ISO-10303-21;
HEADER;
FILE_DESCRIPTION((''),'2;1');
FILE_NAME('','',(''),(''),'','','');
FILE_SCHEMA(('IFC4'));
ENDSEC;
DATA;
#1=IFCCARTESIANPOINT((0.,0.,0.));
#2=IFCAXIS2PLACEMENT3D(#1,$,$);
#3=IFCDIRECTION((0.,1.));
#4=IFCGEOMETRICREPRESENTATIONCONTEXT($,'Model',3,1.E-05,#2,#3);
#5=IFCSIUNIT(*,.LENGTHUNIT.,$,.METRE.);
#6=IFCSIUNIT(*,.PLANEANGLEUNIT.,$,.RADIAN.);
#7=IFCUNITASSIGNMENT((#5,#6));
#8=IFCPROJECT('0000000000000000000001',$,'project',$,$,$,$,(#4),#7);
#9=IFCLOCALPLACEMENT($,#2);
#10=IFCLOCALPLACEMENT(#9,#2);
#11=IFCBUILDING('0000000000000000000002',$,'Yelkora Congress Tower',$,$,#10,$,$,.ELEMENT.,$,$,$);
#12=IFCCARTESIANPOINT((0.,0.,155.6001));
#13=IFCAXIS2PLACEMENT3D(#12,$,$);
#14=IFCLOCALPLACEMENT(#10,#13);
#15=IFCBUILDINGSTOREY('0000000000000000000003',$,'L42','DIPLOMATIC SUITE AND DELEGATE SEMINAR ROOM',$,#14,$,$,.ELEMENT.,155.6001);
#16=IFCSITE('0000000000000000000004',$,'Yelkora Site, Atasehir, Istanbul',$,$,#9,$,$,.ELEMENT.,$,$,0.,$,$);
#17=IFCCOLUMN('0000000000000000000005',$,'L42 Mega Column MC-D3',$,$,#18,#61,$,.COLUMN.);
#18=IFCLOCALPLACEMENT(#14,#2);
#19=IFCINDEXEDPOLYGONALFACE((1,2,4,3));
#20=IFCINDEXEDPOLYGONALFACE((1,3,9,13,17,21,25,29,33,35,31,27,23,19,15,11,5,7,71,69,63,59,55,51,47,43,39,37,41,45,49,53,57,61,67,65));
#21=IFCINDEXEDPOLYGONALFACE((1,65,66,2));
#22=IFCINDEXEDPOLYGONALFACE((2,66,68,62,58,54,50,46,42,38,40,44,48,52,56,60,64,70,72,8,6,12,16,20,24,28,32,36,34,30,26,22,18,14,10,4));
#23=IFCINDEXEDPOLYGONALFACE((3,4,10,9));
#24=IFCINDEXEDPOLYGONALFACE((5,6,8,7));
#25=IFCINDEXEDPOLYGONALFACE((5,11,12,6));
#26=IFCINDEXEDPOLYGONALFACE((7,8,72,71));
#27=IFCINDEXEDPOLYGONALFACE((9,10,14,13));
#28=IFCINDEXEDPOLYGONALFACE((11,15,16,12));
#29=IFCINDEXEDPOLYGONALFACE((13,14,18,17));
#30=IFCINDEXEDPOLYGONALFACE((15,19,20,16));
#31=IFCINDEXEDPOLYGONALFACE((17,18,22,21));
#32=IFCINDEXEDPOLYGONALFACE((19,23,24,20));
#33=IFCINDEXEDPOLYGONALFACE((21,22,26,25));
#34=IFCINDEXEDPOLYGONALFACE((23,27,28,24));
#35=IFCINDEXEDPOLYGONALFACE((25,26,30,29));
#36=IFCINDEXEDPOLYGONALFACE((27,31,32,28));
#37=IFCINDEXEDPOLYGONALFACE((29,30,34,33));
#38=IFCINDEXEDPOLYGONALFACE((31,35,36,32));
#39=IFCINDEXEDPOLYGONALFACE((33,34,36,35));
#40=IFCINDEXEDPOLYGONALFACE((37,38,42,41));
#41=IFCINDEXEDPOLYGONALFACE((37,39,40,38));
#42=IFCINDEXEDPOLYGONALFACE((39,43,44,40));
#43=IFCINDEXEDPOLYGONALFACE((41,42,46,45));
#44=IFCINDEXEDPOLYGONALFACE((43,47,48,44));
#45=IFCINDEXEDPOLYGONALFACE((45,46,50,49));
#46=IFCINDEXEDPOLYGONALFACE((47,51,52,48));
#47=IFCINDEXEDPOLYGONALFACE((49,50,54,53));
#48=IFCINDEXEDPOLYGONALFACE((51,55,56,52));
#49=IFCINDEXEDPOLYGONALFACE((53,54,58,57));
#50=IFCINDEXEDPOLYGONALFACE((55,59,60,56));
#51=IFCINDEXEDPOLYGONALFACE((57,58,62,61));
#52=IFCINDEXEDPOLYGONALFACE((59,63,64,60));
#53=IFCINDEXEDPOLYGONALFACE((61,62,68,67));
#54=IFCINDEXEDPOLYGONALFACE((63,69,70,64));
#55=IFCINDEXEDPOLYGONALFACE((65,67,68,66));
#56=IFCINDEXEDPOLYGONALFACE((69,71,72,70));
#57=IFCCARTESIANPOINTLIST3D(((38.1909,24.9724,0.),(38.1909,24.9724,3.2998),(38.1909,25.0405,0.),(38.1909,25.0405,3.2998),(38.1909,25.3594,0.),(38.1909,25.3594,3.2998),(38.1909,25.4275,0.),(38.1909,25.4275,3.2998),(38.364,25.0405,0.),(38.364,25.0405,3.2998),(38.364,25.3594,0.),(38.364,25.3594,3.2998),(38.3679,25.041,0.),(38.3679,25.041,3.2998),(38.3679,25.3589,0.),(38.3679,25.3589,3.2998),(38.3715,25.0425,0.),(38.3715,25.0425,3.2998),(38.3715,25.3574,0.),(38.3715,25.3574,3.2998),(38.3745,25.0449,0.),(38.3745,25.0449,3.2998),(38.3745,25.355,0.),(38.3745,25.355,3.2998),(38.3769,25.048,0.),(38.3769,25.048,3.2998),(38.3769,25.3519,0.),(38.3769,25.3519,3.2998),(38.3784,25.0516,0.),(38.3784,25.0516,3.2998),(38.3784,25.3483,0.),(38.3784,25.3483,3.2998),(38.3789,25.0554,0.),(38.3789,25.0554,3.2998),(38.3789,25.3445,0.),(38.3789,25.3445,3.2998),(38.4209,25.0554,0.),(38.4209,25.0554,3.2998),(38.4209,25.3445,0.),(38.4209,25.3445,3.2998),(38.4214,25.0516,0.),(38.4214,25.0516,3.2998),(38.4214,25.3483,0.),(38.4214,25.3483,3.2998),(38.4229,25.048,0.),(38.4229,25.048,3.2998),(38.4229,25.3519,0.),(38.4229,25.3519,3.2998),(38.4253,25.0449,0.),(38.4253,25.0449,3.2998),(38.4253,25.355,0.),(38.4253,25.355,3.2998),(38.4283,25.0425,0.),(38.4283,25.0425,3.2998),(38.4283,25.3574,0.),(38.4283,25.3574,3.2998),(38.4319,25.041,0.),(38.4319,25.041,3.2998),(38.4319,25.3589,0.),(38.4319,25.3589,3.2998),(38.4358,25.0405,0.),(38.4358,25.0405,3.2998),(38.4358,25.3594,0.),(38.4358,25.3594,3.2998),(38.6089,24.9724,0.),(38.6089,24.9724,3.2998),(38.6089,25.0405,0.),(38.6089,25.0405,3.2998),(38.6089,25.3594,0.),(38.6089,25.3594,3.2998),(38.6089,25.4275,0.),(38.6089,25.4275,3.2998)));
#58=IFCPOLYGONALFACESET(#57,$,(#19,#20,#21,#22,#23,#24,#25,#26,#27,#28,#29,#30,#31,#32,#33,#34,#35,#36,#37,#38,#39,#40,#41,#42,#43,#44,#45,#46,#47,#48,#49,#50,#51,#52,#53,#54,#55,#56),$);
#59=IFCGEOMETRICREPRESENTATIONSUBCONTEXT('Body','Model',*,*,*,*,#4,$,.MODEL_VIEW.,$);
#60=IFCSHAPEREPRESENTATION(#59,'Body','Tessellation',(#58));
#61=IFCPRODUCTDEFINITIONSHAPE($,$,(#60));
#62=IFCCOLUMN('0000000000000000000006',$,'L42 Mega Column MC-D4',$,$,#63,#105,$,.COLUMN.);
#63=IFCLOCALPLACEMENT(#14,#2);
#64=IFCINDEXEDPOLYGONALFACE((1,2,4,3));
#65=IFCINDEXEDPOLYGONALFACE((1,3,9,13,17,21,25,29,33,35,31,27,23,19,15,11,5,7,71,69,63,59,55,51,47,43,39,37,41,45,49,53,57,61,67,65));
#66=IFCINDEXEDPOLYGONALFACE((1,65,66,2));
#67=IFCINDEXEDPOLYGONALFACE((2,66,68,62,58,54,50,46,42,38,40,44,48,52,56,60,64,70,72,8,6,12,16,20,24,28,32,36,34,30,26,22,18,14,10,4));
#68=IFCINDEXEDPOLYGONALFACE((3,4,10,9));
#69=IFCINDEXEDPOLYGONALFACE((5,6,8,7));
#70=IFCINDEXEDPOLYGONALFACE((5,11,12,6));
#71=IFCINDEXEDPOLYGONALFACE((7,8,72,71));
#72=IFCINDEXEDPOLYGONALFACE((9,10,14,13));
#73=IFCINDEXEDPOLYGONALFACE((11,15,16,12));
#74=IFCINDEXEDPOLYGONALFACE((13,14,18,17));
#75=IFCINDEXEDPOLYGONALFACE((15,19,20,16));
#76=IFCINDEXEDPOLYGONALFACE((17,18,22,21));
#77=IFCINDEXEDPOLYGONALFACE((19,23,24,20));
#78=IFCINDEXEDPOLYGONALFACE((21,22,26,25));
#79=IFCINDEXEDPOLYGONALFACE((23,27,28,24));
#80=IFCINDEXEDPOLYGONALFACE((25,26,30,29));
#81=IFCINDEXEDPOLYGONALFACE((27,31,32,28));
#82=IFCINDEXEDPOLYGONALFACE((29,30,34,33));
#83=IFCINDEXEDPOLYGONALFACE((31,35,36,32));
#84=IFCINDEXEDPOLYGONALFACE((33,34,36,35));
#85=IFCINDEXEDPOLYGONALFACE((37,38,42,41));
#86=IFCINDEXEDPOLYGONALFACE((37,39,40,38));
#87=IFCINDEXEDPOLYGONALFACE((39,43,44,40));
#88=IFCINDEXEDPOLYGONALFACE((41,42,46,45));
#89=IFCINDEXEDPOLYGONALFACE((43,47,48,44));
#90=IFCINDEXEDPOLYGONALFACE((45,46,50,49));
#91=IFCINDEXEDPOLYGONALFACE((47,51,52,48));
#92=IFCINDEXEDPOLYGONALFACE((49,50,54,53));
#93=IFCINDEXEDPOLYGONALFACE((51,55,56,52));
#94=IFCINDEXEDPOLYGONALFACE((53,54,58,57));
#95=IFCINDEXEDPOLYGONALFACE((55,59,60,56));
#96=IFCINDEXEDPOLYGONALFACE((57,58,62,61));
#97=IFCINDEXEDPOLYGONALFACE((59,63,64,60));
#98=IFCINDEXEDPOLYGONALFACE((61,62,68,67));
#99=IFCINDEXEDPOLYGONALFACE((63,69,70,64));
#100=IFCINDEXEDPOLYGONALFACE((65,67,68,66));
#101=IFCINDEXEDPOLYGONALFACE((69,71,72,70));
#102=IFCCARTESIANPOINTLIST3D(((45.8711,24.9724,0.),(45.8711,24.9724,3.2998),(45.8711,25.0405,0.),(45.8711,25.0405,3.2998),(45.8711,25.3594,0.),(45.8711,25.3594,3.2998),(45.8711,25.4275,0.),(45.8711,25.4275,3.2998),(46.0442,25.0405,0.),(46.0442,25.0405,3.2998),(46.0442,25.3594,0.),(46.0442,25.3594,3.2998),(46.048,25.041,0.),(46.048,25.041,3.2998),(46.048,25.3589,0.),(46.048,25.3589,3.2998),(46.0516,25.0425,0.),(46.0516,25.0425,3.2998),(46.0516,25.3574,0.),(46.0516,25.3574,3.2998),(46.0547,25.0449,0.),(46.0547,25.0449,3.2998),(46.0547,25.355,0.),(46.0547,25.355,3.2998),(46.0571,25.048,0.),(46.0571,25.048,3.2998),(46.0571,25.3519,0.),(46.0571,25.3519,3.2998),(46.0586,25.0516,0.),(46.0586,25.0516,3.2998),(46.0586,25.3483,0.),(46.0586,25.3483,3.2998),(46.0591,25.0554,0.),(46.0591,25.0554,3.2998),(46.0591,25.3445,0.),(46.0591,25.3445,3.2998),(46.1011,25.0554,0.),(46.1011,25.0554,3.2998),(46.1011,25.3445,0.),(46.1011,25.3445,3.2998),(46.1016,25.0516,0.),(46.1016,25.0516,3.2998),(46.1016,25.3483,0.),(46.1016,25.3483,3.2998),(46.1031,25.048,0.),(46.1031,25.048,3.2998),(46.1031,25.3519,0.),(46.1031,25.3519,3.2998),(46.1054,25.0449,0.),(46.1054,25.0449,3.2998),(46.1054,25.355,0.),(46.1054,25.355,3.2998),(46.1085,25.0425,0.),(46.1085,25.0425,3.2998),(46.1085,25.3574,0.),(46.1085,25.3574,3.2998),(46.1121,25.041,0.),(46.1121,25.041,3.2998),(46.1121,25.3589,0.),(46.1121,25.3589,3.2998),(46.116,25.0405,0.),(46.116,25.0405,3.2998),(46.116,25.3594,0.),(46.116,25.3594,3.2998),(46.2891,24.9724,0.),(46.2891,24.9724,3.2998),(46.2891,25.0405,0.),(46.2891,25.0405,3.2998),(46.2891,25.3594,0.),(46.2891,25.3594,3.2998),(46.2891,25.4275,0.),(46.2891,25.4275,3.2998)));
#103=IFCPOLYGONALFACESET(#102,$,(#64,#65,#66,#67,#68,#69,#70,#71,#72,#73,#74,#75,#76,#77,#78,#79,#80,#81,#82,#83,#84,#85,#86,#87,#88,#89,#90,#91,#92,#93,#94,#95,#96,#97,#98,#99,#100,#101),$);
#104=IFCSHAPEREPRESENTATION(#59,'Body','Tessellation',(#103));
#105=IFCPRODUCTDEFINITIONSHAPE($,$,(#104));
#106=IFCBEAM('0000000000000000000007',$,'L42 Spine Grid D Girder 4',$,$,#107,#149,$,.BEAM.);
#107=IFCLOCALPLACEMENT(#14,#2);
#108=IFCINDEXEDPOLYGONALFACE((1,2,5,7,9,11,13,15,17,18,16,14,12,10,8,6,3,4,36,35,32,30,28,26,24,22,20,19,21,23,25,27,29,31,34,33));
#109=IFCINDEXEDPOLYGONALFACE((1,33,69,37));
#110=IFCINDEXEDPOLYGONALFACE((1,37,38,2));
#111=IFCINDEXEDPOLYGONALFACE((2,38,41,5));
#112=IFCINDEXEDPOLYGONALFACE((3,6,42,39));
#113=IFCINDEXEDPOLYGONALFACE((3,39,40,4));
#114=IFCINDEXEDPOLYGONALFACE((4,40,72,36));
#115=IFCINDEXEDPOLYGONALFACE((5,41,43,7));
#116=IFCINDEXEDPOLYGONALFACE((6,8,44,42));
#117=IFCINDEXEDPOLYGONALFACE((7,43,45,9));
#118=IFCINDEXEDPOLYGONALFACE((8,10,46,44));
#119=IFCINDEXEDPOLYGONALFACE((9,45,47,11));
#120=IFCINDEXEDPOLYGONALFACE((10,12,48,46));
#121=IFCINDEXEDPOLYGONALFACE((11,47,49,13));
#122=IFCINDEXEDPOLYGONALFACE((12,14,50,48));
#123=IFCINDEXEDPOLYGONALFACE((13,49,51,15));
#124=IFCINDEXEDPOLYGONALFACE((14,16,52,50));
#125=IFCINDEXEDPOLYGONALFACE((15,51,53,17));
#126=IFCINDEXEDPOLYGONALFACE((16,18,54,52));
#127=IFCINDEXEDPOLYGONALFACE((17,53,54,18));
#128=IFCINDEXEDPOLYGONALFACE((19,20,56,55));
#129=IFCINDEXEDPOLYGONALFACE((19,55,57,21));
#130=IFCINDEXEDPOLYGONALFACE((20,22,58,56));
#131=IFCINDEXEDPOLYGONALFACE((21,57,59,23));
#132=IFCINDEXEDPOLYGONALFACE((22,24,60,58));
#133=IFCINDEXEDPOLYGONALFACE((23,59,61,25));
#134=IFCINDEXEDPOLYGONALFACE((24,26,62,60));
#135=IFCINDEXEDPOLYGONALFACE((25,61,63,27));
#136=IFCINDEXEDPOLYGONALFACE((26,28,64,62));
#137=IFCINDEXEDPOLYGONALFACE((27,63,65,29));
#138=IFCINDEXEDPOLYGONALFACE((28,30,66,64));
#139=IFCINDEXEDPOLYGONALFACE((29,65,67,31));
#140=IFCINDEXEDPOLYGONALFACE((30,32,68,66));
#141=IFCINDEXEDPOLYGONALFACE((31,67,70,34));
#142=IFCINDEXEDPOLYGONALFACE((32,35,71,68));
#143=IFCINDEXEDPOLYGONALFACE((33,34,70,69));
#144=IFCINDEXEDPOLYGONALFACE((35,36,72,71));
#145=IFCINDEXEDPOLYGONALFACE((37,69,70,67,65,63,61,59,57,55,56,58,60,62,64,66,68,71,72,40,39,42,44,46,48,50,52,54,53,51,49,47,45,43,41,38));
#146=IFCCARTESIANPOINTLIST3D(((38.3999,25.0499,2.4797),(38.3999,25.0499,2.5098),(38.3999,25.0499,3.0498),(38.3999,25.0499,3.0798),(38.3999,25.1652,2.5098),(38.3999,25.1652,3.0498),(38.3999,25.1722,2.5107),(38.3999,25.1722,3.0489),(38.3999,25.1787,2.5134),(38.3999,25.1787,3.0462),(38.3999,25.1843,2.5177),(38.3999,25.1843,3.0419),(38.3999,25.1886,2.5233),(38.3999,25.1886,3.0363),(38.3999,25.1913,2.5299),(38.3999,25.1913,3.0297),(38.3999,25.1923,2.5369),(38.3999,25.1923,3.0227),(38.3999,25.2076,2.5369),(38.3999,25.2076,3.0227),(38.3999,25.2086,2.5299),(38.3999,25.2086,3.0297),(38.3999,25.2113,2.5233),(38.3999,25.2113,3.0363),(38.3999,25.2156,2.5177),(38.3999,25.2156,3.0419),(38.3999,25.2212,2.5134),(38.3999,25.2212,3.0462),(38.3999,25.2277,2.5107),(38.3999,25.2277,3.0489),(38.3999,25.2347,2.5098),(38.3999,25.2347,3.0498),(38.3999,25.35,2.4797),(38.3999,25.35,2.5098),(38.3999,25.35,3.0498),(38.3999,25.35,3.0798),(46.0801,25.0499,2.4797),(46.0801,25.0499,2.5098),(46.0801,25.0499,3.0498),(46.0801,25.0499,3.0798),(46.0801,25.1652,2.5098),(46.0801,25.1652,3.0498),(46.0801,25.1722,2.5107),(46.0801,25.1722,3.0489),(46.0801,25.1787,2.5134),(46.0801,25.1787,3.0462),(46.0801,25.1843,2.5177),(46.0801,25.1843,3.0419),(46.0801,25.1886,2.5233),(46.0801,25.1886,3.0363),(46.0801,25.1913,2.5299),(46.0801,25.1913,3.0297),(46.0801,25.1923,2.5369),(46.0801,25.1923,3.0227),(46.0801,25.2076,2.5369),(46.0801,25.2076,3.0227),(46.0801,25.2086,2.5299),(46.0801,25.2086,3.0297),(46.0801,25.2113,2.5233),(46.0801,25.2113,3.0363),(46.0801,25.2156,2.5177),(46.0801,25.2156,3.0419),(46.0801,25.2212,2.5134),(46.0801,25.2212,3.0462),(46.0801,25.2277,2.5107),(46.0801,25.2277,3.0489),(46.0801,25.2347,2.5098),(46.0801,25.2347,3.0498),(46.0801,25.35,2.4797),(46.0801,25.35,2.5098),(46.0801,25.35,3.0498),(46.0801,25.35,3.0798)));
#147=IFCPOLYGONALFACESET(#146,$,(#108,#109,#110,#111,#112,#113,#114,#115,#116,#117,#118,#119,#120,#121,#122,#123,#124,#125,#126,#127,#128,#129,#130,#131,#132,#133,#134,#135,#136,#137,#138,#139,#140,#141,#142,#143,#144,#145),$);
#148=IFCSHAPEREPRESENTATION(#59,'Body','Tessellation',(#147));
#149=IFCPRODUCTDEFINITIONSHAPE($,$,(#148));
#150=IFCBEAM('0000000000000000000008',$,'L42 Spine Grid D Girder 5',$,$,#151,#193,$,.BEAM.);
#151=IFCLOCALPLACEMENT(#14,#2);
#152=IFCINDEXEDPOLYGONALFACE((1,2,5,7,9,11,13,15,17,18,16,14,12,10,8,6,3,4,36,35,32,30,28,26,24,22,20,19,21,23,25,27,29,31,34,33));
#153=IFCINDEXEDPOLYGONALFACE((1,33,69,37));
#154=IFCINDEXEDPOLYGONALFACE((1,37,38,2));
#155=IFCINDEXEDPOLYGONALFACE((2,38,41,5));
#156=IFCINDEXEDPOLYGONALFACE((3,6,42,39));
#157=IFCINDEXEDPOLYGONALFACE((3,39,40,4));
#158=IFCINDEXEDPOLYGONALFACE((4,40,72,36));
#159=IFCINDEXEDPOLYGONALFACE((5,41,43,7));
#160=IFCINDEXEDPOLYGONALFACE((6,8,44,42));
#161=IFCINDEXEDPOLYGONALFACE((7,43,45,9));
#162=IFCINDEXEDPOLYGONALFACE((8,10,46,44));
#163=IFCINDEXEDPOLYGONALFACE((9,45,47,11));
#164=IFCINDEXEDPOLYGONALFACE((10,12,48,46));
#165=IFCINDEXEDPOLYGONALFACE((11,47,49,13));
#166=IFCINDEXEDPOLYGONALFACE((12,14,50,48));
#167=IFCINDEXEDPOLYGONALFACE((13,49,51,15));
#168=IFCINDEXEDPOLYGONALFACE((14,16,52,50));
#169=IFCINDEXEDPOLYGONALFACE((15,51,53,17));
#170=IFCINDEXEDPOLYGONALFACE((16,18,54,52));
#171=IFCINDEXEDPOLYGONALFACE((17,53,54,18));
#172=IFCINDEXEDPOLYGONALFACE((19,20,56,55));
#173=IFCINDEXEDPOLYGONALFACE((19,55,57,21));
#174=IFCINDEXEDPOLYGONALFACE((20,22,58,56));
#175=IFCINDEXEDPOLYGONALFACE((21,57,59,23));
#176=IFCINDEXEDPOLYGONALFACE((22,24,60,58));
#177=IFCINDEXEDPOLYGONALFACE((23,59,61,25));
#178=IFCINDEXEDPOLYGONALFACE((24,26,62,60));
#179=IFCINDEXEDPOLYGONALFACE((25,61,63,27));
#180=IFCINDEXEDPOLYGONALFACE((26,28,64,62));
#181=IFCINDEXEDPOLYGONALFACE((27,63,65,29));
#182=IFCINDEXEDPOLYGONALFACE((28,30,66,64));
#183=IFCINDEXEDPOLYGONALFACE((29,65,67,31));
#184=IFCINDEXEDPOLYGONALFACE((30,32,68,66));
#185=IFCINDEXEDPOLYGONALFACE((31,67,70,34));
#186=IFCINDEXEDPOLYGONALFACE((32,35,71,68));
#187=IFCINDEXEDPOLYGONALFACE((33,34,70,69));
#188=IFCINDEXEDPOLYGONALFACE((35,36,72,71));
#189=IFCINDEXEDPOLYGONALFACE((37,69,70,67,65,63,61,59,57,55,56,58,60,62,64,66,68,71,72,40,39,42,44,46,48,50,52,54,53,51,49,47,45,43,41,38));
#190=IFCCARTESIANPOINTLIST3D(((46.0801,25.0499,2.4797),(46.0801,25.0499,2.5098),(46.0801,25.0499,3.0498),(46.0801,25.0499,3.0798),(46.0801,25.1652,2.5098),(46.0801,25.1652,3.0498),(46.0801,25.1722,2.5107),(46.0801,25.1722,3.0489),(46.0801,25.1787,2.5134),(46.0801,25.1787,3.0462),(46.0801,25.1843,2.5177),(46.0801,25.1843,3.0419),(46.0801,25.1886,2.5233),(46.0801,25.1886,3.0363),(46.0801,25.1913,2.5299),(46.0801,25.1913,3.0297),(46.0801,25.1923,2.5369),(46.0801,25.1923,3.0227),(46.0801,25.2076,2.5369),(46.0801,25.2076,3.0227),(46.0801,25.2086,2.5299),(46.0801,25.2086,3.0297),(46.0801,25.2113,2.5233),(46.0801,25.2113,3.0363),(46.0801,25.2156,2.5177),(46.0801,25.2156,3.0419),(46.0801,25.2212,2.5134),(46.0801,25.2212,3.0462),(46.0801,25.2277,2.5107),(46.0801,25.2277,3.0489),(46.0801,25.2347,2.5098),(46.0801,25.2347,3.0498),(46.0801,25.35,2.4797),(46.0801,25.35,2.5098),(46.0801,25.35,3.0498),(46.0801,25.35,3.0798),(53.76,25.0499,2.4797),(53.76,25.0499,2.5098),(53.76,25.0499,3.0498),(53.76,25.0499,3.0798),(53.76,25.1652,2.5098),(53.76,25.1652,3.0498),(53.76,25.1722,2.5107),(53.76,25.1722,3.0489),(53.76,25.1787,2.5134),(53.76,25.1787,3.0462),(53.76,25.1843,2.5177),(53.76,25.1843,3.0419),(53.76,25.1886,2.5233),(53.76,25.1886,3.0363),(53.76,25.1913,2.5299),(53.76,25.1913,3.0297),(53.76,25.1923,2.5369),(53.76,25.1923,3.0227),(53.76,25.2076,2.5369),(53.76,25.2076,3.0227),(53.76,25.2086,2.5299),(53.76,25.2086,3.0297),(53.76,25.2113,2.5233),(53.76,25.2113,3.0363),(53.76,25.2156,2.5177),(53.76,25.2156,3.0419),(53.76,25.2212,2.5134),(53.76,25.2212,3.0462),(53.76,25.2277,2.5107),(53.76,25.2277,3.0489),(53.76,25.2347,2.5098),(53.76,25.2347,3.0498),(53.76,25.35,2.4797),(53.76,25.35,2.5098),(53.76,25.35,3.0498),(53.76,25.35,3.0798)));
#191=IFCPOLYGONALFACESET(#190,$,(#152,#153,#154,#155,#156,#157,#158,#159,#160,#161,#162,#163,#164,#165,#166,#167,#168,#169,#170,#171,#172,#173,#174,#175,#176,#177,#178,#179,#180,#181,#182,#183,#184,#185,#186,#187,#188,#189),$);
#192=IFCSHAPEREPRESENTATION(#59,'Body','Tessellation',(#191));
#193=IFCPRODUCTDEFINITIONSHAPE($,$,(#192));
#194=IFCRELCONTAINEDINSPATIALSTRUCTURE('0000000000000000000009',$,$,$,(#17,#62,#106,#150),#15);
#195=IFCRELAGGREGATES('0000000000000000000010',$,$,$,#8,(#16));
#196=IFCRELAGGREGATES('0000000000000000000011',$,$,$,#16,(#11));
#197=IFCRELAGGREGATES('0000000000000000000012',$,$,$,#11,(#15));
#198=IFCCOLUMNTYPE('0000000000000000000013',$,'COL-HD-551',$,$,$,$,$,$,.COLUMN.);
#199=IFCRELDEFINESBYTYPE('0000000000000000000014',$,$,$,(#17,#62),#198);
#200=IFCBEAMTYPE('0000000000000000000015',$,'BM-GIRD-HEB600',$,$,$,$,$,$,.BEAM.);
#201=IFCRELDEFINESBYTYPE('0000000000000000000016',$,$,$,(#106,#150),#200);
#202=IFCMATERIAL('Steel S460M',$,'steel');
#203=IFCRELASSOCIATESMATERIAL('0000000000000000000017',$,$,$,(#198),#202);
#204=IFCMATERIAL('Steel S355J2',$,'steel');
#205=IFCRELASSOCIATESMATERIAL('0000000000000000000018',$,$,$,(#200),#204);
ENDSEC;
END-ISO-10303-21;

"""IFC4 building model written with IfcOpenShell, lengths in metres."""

from ifc_helpers import new_model, si_unit, direction, frame, origin, origin_2d, place, context, subcontext, project, spatial, i_section, extrude, material, material_profile, profile_set, type_object, element, save


model = new_model("IFC4")

# Units and contexts
model_context = context("Model", 3, precision=1e-05, world=origin(), true_north=direction((0.0, 1.0)))
body_context = subcontext(model_context, "Body", "Model", "MODEL_VIEW")
ifc_project = project(units=[si_unit("LENGTHUNIT", "METRE"), si_unit("PLANEANGLEUNIT", "RADIAN")], contexts=[model_context])

# Site, building, storey
site_placement = place(None, origin())
site = spatial("IfcSite", under=ifc_project, at=site_placement, Name="Yelkora Site, Atasehir, Istanbul", CompositionType="ELEMENT", RefElevation=0.0)
building_placement = place(site_placement, origin())
building = spatial("IfcBuilding", under=site, at=building_placement, Name="Yelkora Congress Tower", CompositionType="ELEMENT")
storey_placement = place(building_placement, frame((0.0, 0.0, 155.6001)))
storey = spatial("IfcBuildingStorey", under=building, at=storey_placement, Name="L42", Description="DIPLOMATIC SUITE AND DELEGATE SEMINAR ROOM", CompositionType="ELEMENT", Elevation=155.6001)

# Columns
ifc_material_1 = material(Name="Steel S460M", Category="steel")
ifc_material_profile_1 = material_profile(ifc_material_1, i_section(OverallWidth=0.418, OverallDepth=0.4551, WebThickness=0.042, FlangeThickness=0.0681, FilletRadius=0.0149, at=origin_2d()), Name="HD 400x551")
ifc_profile_set_1 = profile_set([ifc_material_profile_1], Name="Steel S460M")
column_type = type_object("IfcColumnType", Name="COL-HD-551", PredefinedType="COLUMN", material=ifc_profile_set_1)
for number, where, z_axis, x_axis, name in (
    (1, (38.3999, 25.2, 0.0), (0.0, 0.0, 1.0), (1.0, 0.0, 0.0), "L42 Mega Column MC-D3"),
    (2, (46.0801, 25.2, 0.0), (0.0, 0.0, 1.0), (1.0, 0.0, 0.0), "L42 Mega Column MC-D4"),
):
    element("IfcColumn", number, at=place(storey_placement, frame(where, z_axis=z_axis, x_axis=x_axis)), inside=storey, type_object=column_type, Name=name, PredefinedType="COLUMN", context=body_context, shape_type="SweptSolid", body=[
        extrude(i_section(OverallWidth=0.418, OverallDepth=0.4551, WebThickness=0.042, FlangeThickness=0.0681, FilletRadius=0.0149, at=origin_2d()), origin(), (0.0, 0.0, 1.0), 3.2998),
    ])

# Beams
ifc_material_2 = material(Name="Steel S355J2", Category="steel")
ifc_material_profile_2 = material_profile(ifc_material_2, i_section(OverallWidth=0.3, OverallDepth=0.6001, WebThickness=0.0154, FlangeThickness=0.03, FilletRadius=0.0271, at=origin_2d()), Name="HEB 600")
ifc_profile_set_2 = profile_set([ifc_material_profile_2], Name="Steel S355J2")
beam_type_1 = type_object("IfcBeamType", Name="BM-GIRD-HEB600", PredefinedType="BEAM", material=ifc_profile_set_2)
beam_1_placement = place(storey_placement, frame((38.3999, 25.2, 2.7798), z_axis=(1.0, 0.0, 0.0), x_axis=(0.0, 1.0, 0.0)))
element("IfcBeam", 3, at=beam_1_placement, inside=storey, type_object=beam_type_1, Name="L42 Spine Grid D Girder 4", PredefinedType="BEAM", context=body_context, shape_type="SweptSolid", body=[
    extrude(i_section(OverallWidth=0.3, OverallDepth=0.6001, WebThickness=0.0154, FlangeThickness=0.03, FilletRadius=0.0271, at=origin_2d()), origin(), (0.0, 0.0, 1.0), 7.6802),
])
beam_2_placement = place(storey_placement, frame((46.0801, 25.2, 2.7798), z_axis=(1.0, 0.0, 0.0), x_axis=(0.0, 1.0, 0.0)))
element("IfcBeam", 4, at=beam_2_placement, inside=storey, type_object=beam_type_1, Name="L42 Spine Grid D Girder 5", PredefinedType="BEAM", context=body_context, shape_type="SweptSolid", body=[
    extrude(i_section(OverallWidth=0.3, OverallDepth=0.6001, WebThickness=0.0154, FlangeThickness=0.03, FilletRadius=0.0271, at=origin_2d()), origin(), (0.0, 0.0, 1.0), 7.6799),
])

save(model, "model.ifc")
